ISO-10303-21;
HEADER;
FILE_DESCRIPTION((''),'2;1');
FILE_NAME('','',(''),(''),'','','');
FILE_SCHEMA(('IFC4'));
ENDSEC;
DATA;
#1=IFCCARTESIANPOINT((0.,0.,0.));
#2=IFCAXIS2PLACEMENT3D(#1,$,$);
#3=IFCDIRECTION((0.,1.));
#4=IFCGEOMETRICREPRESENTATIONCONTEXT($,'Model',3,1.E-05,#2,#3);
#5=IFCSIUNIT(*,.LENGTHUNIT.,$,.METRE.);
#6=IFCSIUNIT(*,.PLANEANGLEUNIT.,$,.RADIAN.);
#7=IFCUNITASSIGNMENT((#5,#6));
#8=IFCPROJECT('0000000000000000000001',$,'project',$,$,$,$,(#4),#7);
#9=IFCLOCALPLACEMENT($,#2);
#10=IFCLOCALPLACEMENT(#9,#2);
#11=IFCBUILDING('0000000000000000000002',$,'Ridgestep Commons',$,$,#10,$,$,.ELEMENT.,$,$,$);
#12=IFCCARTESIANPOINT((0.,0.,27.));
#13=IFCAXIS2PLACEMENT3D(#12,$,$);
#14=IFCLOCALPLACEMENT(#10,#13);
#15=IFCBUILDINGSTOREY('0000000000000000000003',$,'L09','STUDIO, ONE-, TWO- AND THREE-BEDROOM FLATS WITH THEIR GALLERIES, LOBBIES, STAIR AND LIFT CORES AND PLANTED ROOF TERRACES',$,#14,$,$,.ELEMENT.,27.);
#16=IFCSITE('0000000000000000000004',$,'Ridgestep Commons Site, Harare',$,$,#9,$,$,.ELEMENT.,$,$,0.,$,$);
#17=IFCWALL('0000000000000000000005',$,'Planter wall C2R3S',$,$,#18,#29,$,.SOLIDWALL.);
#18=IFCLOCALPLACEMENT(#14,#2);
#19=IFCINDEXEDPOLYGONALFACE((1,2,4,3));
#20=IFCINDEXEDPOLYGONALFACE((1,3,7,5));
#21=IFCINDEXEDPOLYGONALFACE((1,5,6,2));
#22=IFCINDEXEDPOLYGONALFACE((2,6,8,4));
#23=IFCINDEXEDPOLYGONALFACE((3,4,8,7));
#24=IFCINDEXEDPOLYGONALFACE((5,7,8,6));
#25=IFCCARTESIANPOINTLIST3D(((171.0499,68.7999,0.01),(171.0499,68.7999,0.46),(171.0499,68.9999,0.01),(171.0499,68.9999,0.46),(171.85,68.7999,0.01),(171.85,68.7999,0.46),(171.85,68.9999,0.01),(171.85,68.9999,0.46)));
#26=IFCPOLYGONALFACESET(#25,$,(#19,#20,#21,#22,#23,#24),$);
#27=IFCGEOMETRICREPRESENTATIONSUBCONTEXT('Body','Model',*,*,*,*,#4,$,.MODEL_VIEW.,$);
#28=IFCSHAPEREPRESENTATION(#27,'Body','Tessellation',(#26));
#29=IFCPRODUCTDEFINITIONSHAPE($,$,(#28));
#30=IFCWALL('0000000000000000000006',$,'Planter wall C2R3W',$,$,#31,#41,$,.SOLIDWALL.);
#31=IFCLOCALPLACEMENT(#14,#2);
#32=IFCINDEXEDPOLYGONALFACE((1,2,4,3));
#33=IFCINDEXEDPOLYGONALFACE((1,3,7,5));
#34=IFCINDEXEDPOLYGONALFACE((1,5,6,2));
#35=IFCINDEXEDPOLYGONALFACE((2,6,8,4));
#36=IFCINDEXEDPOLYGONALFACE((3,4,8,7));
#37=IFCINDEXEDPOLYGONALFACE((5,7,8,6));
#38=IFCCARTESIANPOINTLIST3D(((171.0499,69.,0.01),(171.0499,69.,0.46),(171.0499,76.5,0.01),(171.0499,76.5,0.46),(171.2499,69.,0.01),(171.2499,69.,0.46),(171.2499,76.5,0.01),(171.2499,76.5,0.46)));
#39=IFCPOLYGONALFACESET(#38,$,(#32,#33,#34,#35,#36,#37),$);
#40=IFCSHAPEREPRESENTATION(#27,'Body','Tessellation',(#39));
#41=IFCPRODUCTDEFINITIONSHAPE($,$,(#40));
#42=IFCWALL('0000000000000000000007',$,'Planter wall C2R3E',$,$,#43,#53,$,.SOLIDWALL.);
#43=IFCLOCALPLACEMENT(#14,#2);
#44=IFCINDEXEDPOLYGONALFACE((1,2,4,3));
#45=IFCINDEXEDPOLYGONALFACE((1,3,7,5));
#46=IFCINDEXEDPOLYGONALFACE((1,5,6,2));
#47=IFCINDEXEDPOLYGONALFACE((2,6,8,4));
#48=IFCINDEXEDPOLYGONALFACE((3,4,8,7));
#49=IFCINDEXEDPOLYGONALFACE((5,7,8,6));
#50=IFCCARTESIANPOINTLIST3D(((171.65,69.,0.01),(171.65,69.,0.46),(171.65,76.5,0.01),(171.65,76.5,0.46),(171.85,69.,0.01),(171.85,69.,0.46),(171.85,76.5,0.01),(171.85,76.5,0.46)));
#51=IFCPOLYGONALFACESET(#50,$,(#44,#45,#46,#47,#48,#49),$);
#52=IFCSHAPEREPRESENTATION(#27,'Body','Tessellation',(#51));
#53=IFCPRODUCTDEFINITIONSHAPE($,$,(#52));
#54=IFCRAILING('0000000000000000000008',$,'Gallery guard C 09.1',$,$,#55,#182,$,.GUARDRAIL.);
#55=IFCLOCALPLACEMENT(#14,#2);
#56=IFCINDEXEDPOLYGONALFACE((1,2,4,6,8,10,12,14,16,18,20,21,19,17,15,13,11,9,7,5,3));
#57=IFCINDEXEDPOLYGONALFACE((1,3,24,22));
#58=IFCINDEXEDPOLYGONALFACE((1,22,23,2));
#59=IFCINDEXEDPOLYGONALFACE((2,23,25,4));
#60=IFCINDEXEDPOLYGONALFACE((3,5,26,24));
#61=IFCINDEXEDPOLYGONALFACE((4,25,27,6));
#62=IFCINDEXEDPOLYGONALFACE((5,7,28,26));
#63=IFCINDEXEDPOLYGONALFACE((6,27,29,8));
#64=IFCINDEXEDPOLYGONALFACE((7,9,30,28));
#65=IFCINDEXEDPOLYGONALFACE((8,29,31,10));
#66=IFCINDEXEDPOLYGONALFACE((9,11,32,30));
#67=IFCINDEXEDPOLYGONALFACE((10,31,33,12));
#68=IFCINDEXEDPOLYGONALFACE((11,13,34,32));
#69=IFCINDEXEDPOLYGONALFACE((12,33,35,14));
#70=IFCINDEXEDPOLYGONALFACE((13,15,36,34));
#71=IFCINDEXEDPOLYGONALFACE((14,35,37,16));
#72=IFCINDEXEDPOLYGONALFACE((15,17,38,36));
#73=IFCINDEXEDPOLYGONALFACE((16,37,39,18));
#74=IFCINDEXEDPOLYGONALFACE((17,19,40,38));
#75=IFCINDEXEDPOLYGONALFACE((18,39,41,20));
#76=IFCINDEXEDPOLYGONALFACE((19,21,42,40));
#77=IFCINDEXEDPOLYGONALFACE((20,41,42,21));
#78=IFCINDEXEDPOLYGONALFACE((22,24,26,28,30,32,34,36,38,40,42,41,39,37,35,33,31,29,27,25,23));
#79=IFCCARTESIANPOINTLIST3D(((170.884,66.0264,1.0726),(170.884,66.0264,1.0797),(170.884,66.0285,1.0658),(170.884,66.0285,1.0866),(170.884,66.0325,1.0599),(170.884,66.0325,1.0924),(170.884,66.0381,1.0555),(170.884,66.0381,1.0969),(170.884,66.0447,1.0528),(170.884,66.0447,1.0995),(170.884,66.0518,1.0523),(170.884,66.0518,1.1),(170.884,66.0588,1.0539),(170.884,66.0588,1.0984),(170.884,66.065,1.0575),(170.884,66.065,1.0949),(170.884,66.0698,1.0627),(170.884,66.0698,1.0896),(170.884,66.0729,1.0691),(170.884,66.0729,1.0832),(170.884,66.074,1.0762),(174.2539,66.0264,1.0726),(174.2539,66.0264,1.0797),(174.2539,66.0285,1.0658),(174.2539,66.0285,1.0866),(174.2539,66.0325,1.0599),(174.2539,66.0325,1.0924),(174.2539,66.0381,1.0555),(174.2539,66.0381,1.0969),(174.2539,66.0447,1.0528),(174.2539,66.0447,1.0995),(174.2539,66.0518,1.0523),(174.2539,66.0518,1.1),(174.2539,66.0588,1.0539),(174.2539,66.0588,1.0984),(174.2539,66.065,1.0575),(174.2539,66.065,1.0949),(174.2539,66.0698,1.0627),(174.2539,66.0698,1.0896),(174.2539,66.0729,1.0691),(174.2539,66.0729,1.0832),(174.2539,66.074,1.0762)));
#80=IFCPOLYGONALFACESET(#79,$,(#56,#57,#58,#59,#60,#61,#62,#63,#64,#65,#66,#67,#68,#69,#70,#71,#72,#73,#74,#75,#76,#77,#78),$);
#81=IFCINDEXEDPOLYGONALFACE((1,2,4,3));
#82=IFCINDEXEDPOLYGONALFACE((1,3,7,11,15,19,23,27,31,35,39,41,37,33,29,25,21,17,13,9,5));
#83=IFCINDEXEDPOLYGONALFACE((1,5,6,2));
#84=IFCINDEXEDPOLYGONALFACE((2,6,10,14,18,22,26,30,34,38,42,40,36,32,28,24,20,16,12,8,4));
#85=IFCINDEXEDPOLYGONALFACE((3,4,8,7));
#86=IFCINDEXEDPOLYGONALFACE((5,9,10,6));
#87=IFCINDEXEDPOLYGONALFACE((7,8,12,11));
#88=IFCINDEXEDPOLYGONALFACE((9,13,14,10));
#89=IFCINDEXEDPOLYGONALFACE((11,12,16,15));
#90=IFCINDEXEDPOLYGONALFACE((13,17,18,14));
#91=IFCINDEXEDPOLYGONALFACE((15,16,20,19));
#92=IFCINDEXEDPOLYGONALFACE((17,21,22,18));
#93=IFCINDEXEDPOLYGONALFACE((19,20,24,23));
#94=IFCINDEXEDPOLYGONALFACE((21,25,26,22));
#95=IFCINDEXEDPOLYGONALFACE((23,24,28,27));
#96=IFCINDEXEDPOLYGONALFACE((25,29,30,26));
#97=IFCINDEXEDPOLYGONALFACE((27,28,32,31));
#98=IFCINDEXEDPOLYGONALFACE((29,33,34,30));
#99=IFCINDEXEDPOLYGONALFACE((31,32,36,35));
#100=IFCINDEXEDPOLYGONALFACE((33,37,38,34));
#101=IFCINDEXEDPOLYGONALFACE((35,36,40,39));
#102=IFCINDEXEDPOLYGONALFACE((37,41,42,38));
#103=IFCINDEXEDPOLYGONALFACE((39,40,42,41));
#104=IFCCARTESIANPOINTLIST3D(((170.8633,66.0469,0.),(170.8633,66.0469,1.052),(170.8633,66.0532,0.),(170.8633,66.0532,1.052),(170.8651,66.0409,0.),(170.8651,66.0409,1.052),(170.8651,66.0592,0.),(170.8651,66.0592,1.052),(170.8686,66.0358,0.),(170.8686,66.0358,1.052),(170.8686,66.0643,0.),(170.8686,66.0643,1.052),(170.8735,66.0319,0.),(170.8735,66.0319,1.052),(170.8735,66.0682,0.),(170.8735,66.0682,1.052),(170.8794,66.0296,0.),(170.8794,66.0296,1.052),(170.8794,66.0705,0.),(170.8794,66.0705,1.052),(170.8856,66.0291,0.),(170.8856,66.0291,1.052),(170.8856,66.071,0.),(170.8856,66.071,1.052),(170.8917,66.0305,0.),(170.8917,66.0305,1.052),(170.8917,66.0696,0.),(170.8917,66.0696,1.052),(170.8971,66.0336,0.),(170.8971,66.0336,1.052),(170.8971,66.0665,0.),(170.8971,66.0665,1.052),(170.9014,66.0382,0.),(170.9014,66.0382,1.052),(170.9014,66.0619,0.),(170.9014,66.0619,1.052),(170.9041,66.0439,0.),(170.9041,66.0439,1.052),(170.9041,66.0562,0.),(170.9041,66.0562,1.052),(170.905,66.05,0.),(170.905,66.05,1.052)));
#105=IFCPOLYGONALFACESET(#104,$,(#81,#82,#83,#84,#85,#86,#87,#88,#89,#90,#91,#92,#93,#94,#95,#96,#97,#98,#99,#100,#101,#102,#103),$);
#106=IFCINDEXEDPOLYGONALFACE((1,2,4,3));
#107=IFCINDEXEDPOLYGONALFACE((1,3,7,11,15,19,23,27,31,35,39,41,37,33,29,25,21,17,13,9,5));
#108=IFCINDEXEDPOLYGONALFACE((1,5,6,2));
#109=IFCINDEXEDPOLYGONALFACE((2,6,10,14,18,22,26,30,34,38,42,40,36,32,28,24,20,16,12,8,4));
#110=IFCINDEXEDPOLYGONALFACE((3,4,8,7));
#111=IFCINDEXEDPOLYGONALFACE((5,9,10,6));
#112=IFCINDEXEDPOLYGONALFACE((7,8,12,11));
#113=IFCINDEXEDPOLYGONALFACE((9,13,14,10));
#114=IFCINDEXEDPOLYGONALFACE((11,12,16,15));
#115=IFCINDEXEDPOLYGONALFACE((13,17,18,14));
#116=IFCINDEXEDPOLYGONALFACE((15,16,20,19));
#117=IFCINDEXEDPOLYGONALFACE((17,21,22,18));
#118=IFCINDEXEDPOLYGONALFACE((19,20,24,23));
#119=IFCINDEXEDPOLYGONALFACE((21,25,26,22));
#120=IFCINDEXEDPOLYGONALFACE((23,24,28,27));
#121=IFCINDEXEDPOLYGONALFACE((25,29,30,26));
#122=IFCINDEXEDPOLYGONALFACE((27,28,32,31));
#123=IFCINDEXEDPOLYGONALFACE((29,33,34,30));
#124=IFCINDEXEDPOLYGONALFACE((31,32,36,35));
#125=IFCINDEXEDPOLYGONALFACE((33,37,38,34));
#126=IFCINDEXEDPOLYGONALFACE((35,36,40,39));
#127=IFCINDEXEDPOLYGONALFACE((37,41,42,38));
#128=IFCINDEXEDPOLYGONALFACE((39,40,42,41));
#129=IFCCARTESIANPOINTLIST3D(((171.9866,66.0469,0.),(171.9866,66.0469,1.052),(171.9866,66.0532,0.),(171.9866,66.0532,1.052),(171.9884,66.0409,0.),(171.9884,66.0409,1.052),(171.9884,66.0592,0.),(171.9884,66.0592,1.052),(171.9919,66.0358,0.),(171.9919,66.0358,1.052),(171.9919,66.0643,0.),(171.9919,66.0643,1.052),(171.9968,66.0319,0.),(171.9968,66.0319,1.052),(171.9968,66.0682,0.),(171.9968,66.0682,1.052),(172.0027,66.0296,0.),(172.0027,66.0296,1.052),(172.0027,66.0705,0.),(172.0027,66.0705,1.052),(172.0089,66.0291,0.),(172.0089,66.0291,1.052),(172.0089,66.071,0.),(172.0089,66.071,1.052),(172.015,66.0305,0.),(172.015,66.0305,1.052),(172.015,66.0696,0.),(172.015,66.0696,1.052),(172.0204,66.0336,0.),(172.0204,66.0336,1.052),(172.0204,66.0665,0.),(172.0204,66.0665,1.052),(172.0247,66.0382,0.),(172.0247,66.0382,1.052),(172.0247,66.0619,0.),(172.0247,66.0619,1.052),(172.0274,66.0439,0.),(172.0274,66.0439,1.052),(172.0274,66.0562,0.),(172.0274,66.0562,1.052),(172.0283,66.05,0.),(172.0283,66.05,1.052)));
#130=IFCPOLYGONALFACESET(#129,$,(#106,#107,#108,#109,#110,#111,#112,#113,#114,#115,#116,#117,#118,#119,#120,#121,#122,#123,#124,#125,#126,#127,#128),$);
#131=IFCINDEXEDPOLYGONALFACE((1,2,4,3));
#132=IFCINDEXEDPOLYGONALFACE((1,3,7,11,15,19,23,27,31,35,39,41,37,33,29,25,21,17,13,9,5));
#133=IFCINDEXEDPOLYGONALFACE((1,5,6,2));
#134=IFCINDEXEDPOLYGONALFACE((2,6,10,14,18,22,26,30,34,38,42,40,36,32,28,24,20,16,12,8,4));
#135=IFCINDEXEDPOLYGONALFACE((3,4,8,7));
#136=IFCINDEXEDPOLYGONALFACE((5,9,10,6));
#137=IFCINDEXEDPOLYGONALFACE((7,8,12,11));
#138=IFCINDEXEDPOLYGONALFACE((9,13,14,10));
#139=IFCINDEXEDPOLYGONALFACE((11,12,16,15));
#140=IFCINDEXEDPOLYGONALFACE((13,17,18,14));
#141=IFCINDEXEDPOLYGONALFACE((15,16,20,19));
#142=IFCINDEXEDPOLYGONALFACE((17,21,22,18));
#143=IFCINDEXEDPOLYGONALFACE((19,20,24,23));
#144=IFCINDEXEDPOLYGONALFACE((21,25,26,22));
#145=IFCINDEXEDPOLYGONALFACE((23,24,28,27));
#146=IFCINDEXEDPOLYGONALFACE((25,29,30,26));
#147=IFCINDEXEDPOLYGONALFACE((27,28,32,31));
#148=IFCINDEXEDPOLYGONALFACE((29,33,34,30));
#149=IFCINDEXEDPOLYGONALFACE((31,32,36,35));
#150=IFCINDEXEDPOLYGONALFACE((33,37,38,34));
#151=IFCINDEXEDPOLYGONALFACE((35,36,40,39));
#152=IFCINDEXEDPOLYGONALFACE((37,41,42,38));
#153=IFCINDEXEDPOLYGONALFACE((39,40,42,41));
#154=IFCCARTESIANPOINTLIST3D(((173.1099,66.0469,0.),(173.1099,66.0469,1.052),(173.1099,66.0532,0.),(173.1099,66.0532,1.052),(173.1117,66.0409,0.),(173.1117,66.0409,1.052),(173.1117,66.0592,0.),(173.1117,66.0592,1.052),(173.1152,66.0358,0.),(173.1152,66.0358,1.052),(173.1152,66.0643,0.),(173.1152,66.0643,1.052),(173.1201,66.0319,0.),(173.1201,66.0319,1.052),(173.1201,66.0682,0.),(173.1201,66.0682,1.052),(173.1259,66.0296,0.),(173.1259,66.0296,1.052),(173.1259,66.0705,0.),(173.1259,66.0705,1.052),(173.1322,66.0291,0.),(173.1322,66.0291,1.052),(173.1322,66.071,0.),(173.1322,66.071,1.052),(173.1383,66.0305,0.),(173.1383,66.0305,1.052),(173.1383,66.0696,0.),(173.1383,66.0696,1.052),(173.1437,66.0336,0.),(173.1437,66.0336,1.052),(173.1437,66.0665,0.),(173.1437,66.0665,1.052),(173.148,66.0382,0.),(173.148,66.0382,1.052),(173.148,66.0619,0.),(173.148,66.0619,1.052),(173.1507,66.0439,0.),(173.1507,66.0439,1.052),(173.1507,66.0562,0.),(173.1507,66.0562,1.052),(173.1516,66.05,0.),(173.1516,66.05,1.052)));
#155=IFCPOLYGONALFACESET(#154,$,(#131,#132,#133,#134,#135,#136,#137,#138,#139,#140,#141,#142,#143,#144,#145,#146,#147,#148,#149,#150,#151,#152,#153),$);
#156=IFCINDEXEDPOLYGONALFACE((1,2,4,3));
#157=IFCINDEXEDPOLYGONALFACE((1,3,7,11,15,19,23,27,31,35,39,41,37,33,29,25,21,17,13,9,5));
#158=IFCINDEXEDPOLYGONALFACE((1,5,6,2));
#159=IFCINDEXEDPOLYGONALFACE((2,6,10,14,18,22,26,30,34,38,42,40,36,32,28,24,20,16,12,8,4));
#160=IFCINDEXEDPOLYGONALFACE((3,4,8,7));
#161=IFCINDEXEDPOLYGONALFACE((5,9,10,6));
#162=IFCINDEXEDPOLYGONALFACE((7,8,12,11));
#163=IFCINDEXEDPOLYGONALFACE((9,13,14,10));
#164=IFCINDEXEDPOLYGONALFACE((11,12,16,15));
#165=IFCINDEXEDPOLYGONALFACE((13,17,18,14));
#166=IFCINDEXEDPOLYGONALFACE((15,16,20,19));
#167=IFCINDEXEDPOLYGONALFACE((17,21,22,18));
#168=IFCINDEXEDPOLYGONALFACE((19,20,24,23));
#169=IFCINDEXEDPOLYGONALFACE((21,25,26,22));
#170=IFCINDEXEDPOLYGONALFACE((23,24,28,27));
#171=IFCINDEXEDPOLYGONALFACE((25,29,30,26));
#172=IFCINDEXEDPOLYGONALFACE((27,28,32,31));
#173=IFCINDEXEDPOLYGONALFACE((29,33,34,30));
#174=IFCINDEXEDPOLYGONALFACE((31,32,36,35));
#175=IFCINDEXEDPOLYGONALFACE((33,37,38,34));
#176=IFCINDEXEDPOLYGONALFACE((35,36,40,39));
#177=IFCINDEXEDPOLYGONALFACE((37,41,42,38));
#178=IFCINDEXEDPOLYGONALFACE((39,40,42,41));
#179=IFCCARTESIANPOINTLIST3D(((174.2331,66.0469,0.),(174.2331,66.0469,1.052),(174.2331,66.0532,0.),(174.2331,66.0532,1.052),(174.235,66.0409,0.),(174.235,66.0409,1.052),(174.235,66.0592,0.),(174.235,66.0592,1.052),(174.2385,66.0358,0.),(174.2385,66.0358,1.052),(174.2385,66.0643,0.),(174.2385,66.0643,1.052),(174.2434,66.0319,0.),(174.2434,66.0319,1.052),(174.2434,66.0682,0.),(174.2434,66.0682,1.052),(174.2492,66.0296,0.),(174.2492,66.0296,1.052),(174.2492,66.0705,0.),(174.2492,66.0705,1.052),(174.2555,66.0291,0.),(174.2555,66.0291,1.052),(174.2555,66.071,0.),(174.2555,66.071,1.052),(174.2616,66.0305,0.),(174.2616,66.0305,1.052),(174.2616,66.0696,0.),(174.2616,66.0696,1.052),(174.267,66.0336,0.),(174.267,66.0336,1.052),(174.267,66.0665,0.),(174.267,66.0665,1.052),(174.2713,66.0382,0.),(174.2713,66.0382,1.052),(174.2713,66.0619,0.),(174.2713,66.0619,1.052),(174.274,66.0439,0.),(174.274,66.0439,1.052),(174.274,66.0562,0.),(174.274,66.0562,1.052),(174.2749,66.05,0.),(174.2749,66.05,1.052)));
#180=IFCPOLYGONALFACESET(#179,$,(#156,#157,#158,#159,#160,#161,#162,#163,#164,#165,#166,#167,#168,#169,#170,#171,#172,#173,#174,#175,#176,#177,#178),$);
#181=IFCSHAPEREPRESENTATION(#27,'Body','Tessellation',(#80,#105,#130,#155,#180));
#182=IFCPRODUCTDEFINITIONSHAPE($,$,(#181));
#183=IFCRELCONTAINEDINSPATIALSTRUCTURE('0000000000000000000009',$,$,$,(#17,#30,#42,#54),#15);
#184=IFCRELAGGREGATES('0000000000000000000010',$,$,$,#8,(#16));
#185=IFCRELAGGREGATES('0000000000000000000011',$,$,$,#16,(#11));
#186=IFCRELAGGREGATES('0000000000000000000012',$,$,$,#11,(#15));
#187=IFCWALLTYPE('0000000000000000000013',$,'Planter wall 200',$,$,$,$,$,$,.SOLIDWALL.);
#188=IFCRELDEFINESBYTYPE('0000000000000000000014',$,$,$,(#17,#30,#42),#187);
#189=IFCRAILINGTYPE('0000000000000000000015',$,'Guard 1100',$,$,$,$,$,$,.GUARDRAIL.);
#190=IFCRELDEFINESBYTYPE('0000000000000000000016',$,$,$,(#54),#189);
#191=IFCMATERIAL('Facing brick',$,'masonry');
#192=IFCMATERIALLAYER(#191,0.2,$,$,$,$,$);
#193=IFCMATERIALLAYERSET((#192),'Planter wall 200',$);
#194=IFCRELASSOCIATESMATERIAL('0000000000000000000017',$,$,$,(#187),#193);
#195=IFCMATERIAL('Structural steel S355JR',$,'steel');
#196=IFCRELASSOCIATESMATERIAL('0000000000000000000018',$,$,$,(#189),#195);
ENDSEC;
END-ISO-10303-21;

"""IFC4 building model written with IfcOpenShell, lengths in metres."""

from ifc_helpers import new_model, si_unit, direction, frame, frame_2d, origin, origin_2d, place, context, subcontext, project, spatial, rectangle, circle, extrude, material, layer, layer_set, type_object, element, save


model = new_model("IFC4")

# Units and contexts
model_context = context("Model", 3, precision=1e-05, world=origin(), true_north=direction((0.0, 1.0)))
body_context = subcontext(model_context, "Body", "Model", "MODEL_VIEW")
ifc_project = project(units=[si_unit("LENGTHUNIT", "METRE"), si_unit("PLANEANGLEUNIT", "RADIAN")], contexts=[model_context])

# Site, building, storey
site_placement = place(None, origin())
site = spatial("IfcSite", under=ifc_project, at=site_placement, Name="Ridgestep Commons Site, Harare", CompositionType="ELEMENT", RefElevation=0.0)
building_placement = place(site_placement, origin())
building = spatial("IfcBuilding", under=site, at=building_placement, Name="Ridgestep Commons", CompositionType="ELEMENT")
storey_placement = place(building_placement, frame((0.0, 0.0, 27.0)))
storey = spatial("IfcBuildingStorey", under=building, at=storey_placement, Name="L09", Description="STUDIO, ONE-, TWO- AND THREE-BEDROOM FLATS WITH THEIR GALLERIES, LOBBIES, STAIR AND LIFT CORES AND PLANTED ROOF TERRACES", CompositionType="ELEMENT", Elevation=27.0)

# Walls
ifc_material_1 = material(Name="Facing brick", Category="masonry")
ifc_layer_1 = layer(ifc_material_1, 0.2)
ifc_layer_set_1 = layer_set([ifc_layer_1], Name="Planter wall 200")
wall_type_1 = type_object("IfcWallType", Name="Planter wall 200", PredefinedType="SOLIDWALL", material=ifc_layer_set_1)
wall_1_placement = place(storey_placement, frame((171.05, 68.8999, 0.01), z_axis=(0.0, 0.0, 1.0), x_axis=(1.0, 0.0, 0.0)))
element("IfcWall", 1, at=wall_1_placement, inside=storey, type_object=wall_type_1, Name="Planter wall C2R3S", PredefinedType="SOLIDWALL", context=body_context, shape_type="SweptSolid", body=[
    extrude(rectangle(XDim=0.8, YDim=0.2, at=frame_2d((0.3999, 0.0))), origin(), (0.0, 0.0, 1.0), 0.45),
])
for number, where, z_axis, x_axis, name in (
    (2, (171.1499, 69.0, 0.01), (0.0, 0.0, 1.0), (0.0, 1.0, 0.0), "Planter wall C2R3W"),
    (3, (171.75, 69.0, 0.01), (0.0, 0.0, 1.0), (0.0, 1.0, 0.0), "Planter wall C2R3E"),
):
    element("IfcWall", number, at=place(storey_placement, frame(where, z_axis=z_axis, x_axis=x_axis)), inside=storey, type_object=wall_type_1, Name=name, PredefinedType="SOLIDWALL", context=body_context, shape_type="SweptSolid", body=[
        extrude(rectangle(XDim=7.5, YDim=0.2, at=frame_2d((3.75, 0.0))), origin(), (0.0, 0.0, 1.0), 0.45),
    ])

# Railing
ifc_material_2 = material(Name="Structural steel S355JR", Category="steel")
railing_type_1 = type_object("IfcRailingType", Name="Guard 1100", PredefinedType="GUARDRAIL", material=ifc_material_2)
railing_1_placement = place(storey_placement, frame((170.884, 66.05, 0.0)))
element("IfcRailing", 4, at=railing_1_placement, inside=storey, type_object=railing_type_1, Name="Gallery guard C 09.1", PredefinedType="GUARDRAIL", context=body_context, shape_type="SweptSolid", body=[
    extrude(circle(Radius=0.0239, at=origin_2d()), frame((0.0, 0.0, 1.0762), z_axis=(1.0, 0.0, 0.0), x_axis=(0.0, 1.0, 0.0)), (0.0, 0.0, 1.0), 3.3699),
    extrude(circle(Radius=0.021, at=origin_2d()), origin(), (0.0, 0.0, 1.0), 1.052),
    extrude(circle(Radius=0.021, at=origin_2d()), frame((1.1233, 0.0, 0.0)), (0.0, 0.0, 1.0), 1.052),
    extrude(circle(Radius=0.021, at=origin_2d()), frame((2.2466, 0.0, 0.0)), (0.0, 0.0, 1.0), 1.052),
    extrude(circle(Radius=0.021, at=origin_2d()), frame((3.3699, 0.0, 0.0)), (0.0, 0.0, 1.0), 1.052),
])

save(model, "model.ifc")
